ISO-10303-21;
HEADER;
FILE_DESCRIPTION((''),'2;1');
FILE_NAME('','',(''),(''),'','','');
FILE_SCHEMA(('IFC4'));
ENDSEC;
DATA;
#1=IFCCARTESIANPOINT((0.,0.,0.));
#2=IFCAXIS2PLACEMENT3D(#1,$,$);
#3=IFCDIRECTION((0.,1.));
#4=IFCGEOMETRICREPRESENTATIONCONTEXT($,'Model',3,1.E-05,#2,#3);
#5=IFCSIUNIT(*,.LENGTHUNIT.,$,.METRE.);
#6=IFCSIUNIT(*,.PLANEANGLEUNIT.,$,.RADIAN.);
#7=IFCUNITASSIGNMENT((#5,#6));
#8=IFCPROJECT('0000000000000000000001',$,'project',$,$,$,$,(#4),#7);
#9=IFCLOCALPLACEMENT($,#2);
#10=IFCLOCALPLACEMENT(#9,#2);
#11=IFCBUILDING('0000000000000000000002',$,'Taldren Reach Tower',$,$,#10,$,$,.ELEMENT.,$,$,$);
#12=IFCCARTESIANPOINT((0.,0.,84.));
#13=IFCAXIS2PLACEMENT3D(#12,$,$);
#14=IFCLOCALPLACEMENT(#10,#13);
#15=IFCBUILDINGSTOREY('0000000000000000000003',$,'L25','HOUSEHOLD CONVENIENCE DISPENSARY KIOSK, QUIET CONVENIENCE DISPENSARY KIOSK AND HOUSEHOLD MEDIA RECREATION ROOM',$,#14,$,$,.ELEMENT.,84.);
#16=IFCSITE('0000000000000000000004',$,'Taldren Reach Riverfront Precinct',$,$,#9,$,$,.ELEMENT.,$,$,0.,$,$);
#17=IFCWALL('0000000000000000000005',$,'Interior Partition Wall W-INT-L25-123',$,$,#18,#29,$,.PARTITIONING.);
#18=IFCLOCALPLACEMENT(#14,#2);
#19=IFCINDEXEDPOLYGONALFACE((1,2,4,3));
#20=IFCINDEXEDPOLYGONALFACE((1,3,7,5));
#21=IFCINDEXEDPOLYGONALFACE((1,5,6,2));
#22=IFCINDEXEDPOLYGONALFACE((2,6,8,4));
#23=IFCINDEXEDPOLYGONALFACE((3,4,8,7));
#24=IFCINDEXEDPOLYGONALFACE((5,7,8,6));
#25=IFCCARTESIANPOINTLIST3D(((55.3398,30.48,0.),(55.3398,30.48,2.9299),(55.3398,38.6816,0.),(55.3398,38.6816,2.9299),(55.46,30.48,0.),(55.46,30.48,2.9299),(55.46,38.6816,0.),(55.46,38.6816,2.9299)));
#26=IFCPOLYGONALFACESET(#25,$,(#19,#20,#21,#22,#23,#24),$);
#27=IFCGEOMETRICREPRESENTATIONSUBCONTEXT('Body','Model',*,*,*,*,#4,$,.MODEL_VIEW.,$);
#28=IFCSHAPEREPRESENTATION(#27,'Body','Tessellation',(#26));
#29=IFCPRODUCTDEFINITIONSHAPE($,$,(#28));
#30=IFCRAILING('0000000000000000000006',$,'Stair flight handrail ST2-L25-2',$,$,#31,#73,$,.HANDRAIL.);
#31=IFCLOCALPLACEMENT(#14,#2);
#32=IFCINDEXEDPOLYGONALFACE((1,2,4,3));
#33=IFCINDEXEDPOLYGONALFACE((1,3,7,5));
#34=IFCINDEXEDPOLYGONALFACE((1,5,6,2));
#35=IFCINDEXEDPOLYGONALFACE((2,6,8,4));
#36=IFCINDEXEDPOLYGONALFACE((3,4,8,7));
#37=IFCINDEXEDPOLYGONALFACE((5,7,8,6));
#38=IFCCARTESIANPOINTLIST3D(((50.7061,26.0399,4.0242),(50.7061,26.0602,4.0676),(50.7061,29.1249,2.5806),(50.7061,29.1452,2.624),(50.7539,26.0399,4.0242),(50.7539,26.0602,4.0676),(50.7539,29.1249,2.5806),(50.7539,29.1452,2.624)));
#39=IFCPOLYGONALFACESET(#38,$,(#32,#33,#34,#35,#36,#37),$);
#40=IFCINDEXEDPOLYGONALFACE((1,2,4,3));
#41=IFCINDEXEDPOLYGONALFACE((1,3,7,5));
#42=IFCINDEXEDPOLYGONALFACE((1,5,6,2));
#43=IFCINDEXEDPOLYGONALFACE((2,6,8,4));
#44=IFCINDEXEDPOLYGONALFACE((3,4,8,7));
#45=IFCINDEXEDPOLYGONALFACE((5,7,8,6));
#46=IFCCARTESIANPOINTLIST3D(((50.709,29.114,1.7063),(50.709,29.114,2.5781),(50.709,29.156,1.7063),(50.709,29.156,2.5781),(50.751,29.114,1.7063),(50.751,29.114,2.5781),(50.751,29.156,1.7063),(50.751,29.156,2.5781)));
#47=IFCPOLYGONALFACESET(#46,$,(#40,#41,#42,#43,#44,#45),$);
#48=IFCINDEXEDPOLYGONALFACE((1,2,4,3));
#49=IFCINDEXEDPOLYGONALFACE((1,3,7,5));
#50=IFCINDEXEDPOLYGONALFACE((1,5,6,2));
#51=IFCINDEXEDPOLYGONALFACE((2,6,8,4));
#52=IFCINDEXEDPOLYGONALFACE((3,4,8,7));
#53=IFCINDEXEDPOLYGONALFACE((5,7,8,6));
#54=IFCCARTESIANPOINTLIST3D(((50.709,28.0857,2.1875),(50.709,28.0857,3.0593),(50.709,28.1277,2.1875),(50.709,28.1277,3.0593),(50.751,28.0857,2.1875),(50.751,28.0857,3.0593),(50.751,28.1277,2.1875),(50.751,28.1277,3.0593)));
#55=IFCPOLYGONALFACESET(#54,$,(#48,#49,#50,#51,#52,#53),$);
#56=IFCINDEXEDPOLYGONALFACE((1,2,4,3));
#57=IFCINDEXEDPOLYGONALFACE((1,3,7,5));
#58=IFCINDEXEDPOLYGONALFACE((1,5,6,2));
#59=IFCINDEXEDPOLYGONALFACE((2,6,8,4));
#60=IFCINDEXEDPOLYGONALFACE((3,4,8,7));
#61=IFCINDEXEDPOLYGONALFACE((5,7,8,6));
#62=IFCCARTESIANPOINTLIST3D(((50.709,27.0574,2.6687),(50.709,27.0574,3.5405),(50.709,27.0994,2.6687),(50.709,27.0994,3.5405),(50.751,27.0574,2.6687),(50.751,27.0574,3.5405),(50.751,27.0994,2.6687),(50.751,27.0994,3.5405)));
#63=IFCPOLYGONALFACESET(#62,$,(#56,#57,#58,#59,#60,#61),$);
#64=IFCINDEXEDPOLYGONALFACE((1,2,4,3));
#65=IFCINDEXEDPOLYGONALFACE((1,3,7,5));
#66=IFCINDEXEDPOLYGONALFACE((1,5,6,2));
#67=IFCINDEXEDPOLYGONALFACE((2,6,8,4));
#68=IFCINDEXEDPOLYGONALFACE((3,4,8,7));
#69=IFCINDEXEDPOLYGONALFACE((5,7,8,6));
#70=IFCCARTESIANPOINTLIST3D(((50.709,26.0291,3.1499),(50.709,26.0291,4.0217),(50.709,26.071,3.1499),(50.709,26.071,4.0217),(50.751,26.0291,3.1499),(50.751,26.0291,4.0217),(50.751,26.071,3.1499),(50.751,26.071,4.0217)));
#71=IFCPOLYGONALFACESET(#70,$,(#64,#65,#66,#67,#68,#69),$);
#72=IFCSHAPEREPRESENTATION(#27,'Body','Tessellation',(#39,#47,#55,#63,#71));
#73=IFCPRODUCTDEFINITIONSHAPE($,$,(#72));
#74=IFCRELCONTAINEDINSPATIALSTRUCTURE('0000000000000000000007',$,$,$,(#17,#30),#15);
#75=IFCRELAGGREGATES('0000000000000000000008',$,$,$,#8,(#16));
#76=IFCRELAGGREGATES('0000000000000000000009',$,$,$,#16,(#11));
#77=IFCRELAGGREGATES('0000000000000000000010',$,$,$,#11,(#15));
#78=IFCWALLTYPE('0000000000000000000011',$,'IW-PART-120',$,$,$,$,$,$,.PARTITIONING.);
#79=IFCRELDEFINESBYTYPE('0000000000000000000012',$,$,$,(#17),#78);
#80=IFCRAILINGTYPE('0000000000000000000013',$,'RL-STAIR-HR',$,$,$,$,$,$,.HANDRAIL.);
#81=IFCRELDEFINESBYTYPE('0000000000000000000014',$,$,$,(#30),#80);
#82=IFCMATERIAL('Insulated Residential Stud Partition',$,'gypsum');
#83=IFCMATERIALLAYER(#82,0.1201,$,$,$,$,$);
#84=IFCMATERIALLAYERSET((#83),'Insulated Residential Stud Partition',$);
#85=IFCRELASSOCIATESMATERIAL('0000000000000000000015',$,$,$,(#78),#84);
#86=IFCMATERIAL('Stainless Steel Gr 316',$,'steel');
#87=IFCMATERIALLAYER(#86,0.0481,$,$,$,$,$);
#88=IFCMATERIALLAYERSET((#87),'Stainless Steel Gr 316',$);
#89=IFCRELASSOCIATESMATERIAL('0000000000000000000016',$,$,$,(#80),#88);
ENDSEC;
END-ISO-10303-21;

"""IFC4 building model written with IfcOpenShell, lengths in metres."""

from ifc_helpers import new_model, si_unit, direction, frame, frame_2d, origin, origin_2d, place, context, subcontext, project, spatial, rectangle, extrude, source, transform, mapped, material, layer, layer_set, type_object, element, save


model = new_model("IFC4")

# Units and contexts
model_context = context("Model", 3, precision=1e-05, world=origin(), true_north=direction((0.0, 1.0)))
body_context = subcontext(model_context, "Body", "Model", "MODEL_VIEW")
ifc_project = project(units=[si_unit("LENGTHUNIT", "METRE"), si_unit("PLANEANGLEUNIT", "RADIAN")], contexts=[model_context])

# Site, building, storey
site_placement = place(None, origin())
site = spatial("IfcSite", under=ifc_project, at=site_placement, Name="Taldren Reach Riverfront Precinct", CompositionType="ELEMENT", RefElevation=0.0)
building_placement = place(site_placement, origin())
building = spatial("IfcBuilding", under=site, at=building_placement, Name="Taldren Reach Tower", CompositionType="ELEMENT")
storey_placement = place(building_placement, frame((0.0, 0.0, 84.0)))
storey = spatial("IfcBuildingStorey", under=building, at=storey_placement, Name="L25", Description="HOUSEHOLD CONVENIENCE DISPENSARY KIOSK, QUIET CONVENIENCE DISPENSARY KIOSK AND HOUSEHOLD MEDIA RECREATION ROOM", CompositionType="ELEMENT", Elevation=84.0)

# Shared definitions
ifc_material_1 = material(Name="Insulated Residential Stud Partition", Category="gypsum")
ifc_layer_1 = layer(ifc_material_1, 0.1201)
ifc_layer_set_1 = layer_set([ifc_layer_1], Name="Insulated Residential Stud Partition")
wall_type_1 = type_object("IfcWallType", Name="IW-PART-120", PredefinedType="PARTITIONING", material=ifc_layer_set_1)

# Wall
shared_shape_1 = source(origin(), body_context, "Body", "SweptSolid", [
    extrude(rectangle(XDim=8.2017, YDim=0.1201, at=frame_2d((4.1008, 0.0))), origin(), (0.0, 0.0, 1.0), 2.9299),
])
wall_1_placement = place(storey_placement, frame((55.3999, 30.48, 0.0), z_axis=(0.0, 0.0, 1.0), x_axis=(0.0, 1.0, 0.0)))
element("IfcWall", 1, at=wall_1_placement, inside=storey, type_object=wall_type_1, Name="Interior Partition Wall W-INT-L25-123", PredefinedType="PARTITIONING", context=body_context, shape_type="MappedRepresentation", body=[
    mapped(shared_shape_1, transform((0.0, 0.0, 0.0), scale=1.0)),
])

# Railing
ifc_material_2 = material(Name="Stainless Steel Gr 316", Category="steel")
ifc_layer_2 = layer(ifc_material_2, 0.0481)
ifc_layer_set_2 = layer_set([ifc_layer_2], Name="Stainless Steel Gr 316")
railing_type = type_object("IfcRailingType", Name="RL-STAIR-HR", PredefinedType="HANDRAIL", material=ifc_layer_set_2)
railing_placement = place(storey_placement, frame((50.73, 29.135, 1.7063)))
element("IfcRailing", 2, at=railing_placement, inside=storey, type_object=railing_type, Name="Stair flight handrail ST2-L25-2", PredefinedType="HANDRAIL", context=body_context, shape_type="SweptSolid", body=[
    extrude(rectangle(XDim=0.0479, YDim=0.0479, at=origin_2d()), frame((0.0, 0.0, 0.896), z_axis=(0.0, -0.905738, 0.423839), x_axis=(1.0, 0.0, 0.0)), (0.0, 0.0, 1.0), 3.406),
    extrude(rectangle(XDim=0.042, YDim=0.042, at=origin_2d()), origin(), (0.0, 0.0, 1.0), 0.8718),
    extrude(rectangle(XDim=0.042, YDim=0.042, at=origin_2d()), frame((0.0, -1.0283, 0.4812)), (0.0, 0.0, 1.0), 0.8718),
    extrude(rectangle(XDim=0.042, YDim=0.042, at=origin_2d()), frame((0.0, -2.0566, 0.9624)), (0.0, 0.0, 1.0), 0.8718),
    extrude(rectangle(XDim=0.042, YDim=0.042, at=origin_2d()), frame((0.0, -3.085, 1.4436)), (0.0, 0.0, 1.0), 0.8718),
])

save(model, "model.ifc")
